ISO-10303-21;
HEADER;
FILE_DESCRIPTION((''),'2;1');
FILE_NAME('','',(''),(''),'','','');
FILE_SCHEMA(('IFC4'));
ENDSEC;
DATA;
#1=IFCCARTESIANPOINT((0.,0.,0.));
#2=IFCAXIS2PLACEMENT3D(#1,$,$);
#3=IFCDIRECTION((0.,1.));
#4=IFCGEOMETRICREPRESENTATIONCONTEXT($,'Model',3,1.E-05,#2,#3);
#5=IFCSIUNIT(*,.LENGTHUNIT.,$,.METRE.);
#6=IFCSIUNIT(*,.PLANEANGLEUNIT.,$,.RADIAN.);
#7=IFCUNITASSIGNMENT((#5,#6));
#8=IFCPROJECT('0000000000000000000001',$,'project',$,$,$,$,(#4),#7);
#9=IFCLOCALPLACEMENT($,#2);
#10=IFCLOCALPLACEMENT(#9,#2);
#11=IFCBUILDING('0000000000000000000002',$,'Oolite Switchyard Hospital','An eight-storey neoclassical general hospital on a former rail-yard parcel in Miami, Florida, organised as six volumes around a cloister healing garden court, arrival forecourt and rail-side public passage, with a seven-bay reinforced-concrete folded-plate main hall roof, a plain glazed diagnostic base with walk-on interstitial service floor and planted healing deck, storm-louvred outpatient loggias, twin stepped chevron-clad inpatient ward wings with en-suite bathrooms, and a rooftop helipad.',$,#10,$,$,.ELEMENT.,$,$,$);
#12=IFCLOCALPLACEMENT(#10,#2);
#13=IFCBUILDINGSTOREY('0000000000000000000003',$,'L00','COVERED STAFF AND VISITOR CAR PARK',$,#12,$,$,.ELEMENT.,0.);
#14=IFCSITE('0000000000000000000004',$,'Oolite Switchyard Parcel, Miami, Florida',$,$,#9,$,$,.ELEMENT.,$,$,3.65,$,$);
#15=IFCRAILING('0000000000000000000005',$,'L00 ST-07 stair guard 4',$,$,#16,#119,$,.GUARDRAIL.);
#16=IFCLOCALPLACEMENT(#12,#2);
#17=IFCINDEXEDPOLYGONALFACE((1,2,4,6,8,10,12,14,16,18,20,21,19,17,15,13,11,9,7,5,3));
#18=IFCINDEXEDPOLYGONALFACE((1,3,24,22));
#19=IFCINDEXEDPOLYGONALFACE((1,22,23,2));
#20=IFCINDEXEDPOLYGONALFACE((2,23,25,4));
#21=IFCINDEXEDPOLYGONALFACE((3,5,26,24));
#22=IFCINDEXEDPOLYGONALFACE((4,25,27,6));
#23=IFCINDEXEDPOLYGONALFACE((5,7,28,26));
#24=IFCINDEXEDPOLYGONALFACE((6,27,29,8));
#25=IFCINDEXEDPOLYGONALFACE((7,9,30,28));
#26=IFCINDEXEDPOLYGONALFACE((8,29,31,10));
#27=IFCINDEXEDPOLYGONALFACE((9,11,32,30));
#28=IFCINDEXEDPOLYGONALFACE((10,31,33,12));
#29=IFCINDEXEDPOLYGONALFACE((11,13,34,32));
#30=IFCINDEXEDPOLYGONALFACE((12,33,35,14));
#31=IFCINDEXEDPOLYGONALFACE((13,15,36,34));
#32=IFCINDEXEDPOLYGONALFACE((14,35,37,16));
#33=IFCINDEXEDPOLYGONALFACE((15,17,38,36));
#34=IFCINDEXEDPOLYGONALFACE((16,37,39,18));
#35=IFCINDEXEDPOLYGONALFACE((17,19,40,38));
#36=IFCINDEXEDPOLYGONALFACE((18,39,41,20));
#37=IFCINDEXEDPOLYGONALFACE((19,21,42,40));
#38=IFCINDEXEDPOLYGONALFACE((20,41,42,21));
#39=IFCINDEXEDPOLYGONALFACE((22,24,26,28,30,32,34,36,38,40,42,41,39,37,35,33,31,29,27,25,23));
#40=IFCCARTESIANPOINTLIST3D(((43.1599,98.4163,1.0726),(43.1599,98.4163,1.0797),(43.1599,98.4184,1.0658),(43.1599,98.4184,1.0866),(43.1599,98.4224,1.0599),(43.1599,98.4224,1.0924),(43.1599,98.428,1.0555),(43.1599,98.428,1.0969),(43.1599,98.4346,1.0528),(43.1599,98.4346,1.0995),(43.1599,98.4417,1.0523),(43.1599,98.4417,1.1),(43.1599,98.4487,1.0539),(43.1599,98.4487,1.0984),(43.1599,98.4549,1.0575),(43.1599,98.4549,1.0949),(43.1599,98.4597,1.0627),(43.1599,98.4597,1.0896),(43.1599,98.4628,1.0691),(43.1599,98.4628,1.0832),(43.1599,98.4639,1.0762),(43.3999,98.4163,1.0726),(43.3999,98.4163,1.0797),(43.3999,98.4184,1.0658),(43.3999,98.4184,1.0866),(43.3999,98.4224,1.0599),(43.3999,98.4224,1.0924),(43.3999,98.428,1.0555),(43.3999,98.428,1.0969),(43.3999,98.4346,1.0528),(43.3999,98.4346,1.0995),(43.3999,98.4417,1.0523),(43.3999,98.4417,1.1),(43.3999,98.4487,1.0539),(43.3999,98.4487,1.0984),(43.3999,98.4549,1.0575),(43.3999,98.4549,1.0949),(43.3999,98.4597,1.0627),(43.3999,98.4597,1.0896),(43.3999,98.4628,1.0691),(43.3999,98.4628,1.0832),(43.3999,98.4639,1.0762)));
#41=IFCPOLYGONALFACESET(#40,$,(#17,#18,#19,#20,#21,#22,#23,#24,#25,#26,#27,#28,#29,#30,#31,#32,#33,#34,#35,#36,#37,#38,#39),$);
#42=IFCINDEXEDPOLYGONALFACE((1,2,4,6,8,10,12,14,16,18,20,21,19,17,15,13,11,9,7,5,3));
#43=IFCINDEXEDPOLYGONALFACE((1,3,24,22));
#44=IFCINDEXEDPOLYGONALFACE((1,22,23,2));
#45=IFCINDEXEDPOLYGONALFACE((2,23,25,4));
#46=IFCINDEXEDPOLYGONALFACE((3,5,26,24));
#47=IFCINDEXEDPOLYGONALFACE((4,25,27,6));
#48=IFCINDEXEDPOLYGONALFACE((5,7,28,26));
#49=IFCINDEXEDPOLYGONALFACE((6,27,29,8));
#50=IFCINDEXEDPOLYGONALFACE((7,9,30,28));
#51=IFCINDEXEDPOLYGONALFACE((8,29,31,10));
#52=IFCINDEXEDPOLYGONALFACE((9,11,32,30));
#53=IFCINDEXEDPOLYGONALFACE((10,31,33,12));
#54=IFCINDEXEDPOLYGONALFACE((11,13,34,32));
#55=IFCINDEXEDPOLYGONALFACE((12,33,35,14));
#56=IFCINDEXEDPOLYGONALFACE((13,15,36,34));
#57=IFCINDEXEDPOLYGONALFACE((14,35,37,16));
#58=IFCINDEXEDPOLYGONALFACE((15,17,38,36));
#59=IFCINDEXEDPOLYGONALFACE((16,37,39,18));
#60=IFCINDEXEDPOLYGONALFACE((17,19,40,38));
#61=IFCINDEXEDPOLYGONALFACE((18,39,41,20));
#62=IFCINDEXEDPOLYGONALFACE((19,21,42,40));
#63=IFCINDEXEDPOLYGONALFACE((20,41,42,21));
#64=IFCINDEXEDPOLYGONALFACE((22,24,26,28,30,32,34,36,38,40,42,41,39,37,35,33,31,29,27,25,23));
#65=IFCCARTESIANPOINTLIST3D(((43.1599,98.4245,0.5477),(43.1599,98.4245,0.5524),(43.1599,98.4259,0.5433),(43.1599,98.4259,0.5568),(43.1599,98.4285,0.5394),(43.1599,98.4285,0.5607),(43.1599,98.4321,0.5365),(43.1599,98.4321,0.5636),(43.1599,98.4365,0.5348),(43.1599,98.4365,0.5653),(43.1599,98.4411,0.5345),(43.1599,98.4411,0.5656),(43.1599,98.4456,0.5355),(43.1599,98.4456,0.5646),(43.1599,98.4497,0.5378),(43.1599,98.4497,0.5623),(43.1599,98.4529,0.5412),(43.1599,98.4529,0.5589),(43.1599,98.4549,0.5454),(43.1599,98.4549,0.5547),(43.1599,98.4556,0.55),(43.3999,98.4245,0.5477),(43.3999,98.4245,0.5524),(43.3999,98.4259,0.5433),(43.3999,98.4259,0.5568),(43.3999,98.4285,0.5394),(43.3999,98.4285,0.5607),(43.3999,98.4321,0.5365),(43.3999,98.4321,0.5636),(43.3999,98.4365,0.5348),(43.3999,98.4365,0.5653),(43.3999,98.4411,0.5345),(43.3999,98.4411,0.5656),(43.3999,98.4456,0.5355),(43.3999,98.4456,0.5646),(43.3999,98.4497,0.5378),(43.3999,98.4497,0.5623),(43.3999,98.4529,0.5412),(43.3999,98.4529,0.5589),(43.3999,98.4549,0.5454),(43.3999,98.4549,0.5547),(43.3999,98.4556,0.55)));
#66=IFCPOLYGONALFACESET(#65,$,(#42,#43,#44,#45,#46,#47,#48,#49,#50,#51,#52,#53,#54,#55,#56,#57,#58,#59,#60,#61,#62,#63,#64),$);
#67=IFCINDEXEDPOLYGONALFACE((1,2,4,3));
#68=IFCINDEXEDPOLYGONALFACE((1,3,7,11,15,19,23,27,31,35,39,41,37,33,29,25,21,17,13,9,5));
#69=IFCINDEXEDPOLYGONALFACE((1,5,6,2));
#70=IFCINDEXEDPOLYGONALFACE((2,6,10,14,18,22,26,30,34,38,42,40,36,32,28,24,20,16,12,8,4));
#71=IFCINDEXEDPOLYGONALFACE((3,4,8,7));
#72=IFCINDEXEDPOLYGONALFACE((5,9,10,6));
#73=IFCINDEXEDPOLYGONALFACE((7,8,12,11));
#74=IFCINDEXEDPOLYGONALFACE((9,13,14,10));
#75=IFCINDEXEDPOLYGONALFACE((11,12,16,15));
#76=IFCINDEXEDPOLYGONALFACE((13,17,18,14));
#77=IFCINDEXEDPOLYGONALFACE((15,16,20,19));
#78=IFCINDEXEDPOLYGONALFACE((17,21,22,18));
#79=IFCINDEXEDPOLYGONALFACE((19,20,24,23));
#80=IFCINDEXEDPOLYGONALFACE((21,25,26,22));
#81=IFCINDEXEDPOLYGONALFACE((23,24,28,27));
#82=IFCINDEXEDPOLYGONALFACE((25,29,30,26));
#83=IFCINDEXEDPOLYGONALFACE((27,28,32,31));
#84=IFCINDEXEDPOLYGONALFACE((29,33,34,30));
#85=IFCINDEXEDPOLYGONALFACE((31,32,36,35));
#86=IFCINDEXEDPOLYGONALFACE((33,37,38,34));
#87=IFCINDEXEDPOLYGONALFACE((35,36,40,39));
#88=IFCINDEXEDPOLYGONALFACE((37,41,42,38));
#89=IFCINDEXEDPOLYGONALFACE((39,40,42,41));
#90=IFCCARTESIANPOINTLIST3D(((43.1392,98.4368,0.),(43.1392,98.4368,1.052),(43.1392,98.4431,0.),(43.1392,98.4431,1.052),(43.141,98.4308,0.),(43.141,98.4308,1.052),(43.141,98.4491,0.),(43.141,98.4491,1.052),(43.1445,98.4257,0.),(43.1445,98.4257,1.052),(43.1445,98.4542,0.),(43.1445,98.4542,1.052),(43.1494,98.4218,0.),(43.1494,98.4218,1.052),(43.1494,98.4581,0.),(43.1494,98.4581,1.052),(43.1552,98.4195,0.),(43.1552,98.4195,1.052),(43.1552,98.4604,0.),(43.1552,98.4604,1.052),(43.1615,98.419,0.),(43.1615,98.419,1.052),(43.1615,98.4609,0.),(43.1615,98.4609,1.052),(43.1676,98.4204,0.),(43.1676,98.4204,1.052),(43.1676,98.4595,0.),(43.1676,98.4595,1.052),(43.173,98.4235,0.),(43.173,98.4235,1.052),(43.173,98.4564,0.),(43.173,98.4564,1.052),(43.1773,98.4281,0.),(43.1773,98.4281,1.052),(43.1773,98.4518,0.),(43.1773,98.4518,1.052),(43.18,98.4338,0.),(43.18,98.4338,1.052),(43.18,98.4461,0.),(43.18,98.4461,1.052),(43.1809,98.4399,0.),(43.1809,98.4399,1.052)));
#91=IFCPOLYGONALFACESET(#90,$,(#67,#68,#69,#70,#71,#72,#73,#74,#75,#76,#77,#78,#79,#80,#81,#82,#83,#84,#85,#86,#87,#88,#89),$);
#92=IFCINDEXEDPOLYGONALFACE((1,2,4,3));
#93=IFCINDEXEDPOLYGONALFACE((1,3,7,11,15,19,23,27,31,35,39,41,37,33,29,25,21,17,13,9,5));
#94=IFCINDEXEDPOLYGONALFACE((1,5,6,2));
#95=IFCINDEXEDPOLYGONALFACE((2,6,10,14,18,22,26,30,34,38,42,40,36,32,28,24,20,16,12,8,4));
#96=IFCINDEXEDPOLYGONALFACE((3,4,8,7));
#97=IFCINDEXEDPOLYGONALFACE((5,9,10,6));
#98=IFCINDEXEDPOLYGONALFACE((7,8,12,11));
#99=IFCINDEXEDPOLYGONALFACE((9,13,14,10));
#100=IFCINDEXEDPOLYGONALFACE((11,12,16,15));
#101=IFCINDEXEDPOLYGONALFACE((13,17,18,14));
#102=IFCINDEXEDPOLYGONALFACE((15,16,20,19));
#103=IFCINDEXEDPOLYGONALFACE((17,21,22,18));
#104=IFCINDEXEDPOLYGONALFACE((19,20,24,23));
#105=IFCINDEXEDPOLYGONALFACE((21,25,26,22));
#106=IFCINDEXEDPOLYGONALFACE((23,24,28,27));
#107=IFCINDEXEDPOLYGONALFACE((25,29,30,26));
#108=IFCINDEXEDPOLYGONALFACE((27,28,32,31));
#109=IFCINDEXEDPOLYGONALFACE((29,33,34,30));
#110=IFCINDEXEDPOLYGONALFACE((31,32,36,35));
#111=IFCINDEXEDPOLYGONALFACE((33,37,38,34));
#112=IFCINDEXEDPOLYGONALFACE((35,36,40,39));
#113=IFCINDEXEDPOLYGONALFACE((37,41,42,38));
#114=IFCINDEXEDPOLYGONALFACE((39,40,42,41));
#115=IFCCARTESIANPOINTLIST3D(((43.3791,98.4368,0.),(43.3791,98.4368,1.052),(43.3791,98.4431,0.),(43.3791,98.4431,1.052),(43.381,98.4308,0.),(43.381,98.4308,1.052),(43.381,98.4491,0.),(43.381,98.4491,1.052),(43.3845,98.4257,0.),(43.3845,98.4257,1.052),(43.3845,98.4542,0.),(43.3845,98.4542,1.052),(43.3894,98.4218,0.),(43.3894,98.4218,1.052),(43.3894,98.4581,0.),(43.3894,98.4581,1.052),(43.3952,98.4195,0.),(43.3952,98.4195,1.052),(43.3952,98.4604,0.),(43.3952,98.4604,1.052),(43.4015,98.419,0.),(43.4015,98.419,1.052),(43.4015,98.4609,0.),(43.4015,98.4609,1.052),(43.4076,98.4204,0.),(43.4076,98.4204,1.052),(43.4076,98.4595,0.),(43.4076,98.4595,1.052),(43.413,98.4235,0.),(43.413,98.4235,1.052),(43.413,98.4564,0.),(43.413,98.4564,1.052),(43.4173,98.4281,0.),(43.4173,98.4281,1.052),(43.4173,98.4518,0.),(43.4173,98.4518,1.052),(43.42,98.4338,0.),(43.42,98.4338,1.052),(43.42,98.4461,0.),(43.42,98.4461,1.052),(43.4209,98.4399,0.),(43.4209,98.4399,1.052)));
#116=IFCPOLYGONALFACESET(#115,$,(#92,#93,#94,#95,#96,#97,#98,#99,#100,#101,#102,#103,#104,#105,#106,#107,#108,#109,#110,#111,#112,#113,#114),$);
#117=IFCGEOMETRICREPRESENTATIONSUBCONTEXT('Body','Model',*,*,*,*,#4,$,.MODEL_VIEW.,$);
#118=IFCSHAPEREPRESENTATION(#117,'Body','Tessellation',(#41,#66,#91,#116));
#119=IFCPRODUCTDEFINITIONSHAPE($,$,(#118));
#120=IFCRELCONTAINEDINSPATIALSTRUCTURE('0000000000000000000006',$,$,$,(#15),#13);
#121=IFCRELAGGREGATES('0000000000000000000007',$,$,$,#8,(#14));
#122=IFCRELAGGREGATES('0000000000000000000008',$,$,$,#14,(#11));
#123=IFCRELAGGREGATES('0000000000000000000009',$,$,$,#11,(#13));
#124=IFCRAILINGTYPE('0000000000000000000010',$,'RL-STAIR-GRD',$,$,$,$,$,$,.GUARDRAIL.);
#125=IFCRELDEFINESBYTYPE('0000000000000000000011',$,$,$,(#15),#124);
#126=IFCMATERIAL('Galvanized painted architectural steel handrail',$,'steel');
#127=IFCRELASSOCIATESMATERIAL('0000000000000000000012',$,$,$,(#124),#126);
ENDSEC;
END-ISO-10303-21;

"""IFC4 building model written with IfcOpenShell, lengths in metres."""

from ifc_helpers import new_model, si_unit, direction, frame, origin, origin_2d, place, context, subcontext, project, spatial, circle, extrude, material, type_object, element, save


model = new_model("IFC4")

# Units and contexts
model_context = context("Model", 3, precision=1e-05, world=origin(), true_north=direction((0.0, 1.0)))
body_context = subcontext(model_context, "Body", "Model", "MODEL_VIEW")
ifc_project = project(units=[si_unit("LENGTHUNIT", "METRE"), si_unit("PLANEANGLEUNIT", "RADIAN")], contexts=[model_context])

# Site, building, storey
site_placement = place(None, origin())
site = spatial("IfcSite", under=ifc_project, at=site_placement, Name="Oolite Switchyard Parcel, Miami, Florida", CompositionType="ELEMENT", RefElevation=3.65)
building_placement = place(site_placement, origin())
building = spatial("IfcBuilding", under=site, at=building_placement, Name="Oolite Switchyard Hospital", Description="An eight-storey neoclassical general hospital on a former rail-yard parcel in Miami, Florida, organised as six volumes around a cloister healing garden court, arrival forecourt and rail-side public passage, with a seven-bay reinforced-concrete folded-plate main hall roof, a plain glazed diagnostic base with walk-on interstitial service floor and planted healing deck, storm-louvred outpatient loggias, twin stepped chevron-clad inpatient ward wings with en-suite bathrooms, and a rooftop helipad.", CompositionType="ELEMENT")
storey_placement = place(building_placement, origin())
storey = spatial("IfcBuildingStorey", under=building, at=storey_placement, Name="L00", Description="COVERED STAFF AND VISITOR CAR PARK", CompositionType="ELEMENT", Elevation=0.0)

# Railing
ifc_material_1 = material(Name="Galvanized painted architectural steel handrail", Category="steel")
railing_type_1 = type_object("IfcRailingType", Name="RL-STAIR-GRD", PredefinedType="GUARDRAIL", material=ifc_material_1)
railing_1_placement = place(storey_placement, frame((43.1599, 98.4399, 0.0)))
element("IfcRailing", 1, at=railing_1_placement, inside=storey, type_object=railing_type_1, Name="L00 ST-07 stair guard 4", PredefinedType="GUARDRAIL", context=body_context, shape_type="SweptSolid", body=[
    extrude(circle(Radius=0.0239, at=origin_2d()), frame((0.0, 0.0, 1.0762), z_axis=(1.0, 0.0, 0.0), x_axis=(0.0, 1.0, 0.0)), (0.0, 0.0, 1.0), 0.24),
    extrude(circle(Radius=0.0156, at=origin_2d()), frame((0.0, 0.0, 0.55), z_axis=(1.0, 0.0, 0.0), x_axis=(0.0, 1.0, 0.0)), (0.0, 0.0, 1.0), 0.24),
    extrude(circle(Radius=0.021, at=origin_2d()), origin(), (0.0, 0.0, 1.0), 1.052),
    extrude(circle(Radius=0.021, at=origin_2d()), frame((0.24, 0.0, 0.0)), (0.0, 0.0, 1.0), 1.052),
])

save(model, "model.ifc")
